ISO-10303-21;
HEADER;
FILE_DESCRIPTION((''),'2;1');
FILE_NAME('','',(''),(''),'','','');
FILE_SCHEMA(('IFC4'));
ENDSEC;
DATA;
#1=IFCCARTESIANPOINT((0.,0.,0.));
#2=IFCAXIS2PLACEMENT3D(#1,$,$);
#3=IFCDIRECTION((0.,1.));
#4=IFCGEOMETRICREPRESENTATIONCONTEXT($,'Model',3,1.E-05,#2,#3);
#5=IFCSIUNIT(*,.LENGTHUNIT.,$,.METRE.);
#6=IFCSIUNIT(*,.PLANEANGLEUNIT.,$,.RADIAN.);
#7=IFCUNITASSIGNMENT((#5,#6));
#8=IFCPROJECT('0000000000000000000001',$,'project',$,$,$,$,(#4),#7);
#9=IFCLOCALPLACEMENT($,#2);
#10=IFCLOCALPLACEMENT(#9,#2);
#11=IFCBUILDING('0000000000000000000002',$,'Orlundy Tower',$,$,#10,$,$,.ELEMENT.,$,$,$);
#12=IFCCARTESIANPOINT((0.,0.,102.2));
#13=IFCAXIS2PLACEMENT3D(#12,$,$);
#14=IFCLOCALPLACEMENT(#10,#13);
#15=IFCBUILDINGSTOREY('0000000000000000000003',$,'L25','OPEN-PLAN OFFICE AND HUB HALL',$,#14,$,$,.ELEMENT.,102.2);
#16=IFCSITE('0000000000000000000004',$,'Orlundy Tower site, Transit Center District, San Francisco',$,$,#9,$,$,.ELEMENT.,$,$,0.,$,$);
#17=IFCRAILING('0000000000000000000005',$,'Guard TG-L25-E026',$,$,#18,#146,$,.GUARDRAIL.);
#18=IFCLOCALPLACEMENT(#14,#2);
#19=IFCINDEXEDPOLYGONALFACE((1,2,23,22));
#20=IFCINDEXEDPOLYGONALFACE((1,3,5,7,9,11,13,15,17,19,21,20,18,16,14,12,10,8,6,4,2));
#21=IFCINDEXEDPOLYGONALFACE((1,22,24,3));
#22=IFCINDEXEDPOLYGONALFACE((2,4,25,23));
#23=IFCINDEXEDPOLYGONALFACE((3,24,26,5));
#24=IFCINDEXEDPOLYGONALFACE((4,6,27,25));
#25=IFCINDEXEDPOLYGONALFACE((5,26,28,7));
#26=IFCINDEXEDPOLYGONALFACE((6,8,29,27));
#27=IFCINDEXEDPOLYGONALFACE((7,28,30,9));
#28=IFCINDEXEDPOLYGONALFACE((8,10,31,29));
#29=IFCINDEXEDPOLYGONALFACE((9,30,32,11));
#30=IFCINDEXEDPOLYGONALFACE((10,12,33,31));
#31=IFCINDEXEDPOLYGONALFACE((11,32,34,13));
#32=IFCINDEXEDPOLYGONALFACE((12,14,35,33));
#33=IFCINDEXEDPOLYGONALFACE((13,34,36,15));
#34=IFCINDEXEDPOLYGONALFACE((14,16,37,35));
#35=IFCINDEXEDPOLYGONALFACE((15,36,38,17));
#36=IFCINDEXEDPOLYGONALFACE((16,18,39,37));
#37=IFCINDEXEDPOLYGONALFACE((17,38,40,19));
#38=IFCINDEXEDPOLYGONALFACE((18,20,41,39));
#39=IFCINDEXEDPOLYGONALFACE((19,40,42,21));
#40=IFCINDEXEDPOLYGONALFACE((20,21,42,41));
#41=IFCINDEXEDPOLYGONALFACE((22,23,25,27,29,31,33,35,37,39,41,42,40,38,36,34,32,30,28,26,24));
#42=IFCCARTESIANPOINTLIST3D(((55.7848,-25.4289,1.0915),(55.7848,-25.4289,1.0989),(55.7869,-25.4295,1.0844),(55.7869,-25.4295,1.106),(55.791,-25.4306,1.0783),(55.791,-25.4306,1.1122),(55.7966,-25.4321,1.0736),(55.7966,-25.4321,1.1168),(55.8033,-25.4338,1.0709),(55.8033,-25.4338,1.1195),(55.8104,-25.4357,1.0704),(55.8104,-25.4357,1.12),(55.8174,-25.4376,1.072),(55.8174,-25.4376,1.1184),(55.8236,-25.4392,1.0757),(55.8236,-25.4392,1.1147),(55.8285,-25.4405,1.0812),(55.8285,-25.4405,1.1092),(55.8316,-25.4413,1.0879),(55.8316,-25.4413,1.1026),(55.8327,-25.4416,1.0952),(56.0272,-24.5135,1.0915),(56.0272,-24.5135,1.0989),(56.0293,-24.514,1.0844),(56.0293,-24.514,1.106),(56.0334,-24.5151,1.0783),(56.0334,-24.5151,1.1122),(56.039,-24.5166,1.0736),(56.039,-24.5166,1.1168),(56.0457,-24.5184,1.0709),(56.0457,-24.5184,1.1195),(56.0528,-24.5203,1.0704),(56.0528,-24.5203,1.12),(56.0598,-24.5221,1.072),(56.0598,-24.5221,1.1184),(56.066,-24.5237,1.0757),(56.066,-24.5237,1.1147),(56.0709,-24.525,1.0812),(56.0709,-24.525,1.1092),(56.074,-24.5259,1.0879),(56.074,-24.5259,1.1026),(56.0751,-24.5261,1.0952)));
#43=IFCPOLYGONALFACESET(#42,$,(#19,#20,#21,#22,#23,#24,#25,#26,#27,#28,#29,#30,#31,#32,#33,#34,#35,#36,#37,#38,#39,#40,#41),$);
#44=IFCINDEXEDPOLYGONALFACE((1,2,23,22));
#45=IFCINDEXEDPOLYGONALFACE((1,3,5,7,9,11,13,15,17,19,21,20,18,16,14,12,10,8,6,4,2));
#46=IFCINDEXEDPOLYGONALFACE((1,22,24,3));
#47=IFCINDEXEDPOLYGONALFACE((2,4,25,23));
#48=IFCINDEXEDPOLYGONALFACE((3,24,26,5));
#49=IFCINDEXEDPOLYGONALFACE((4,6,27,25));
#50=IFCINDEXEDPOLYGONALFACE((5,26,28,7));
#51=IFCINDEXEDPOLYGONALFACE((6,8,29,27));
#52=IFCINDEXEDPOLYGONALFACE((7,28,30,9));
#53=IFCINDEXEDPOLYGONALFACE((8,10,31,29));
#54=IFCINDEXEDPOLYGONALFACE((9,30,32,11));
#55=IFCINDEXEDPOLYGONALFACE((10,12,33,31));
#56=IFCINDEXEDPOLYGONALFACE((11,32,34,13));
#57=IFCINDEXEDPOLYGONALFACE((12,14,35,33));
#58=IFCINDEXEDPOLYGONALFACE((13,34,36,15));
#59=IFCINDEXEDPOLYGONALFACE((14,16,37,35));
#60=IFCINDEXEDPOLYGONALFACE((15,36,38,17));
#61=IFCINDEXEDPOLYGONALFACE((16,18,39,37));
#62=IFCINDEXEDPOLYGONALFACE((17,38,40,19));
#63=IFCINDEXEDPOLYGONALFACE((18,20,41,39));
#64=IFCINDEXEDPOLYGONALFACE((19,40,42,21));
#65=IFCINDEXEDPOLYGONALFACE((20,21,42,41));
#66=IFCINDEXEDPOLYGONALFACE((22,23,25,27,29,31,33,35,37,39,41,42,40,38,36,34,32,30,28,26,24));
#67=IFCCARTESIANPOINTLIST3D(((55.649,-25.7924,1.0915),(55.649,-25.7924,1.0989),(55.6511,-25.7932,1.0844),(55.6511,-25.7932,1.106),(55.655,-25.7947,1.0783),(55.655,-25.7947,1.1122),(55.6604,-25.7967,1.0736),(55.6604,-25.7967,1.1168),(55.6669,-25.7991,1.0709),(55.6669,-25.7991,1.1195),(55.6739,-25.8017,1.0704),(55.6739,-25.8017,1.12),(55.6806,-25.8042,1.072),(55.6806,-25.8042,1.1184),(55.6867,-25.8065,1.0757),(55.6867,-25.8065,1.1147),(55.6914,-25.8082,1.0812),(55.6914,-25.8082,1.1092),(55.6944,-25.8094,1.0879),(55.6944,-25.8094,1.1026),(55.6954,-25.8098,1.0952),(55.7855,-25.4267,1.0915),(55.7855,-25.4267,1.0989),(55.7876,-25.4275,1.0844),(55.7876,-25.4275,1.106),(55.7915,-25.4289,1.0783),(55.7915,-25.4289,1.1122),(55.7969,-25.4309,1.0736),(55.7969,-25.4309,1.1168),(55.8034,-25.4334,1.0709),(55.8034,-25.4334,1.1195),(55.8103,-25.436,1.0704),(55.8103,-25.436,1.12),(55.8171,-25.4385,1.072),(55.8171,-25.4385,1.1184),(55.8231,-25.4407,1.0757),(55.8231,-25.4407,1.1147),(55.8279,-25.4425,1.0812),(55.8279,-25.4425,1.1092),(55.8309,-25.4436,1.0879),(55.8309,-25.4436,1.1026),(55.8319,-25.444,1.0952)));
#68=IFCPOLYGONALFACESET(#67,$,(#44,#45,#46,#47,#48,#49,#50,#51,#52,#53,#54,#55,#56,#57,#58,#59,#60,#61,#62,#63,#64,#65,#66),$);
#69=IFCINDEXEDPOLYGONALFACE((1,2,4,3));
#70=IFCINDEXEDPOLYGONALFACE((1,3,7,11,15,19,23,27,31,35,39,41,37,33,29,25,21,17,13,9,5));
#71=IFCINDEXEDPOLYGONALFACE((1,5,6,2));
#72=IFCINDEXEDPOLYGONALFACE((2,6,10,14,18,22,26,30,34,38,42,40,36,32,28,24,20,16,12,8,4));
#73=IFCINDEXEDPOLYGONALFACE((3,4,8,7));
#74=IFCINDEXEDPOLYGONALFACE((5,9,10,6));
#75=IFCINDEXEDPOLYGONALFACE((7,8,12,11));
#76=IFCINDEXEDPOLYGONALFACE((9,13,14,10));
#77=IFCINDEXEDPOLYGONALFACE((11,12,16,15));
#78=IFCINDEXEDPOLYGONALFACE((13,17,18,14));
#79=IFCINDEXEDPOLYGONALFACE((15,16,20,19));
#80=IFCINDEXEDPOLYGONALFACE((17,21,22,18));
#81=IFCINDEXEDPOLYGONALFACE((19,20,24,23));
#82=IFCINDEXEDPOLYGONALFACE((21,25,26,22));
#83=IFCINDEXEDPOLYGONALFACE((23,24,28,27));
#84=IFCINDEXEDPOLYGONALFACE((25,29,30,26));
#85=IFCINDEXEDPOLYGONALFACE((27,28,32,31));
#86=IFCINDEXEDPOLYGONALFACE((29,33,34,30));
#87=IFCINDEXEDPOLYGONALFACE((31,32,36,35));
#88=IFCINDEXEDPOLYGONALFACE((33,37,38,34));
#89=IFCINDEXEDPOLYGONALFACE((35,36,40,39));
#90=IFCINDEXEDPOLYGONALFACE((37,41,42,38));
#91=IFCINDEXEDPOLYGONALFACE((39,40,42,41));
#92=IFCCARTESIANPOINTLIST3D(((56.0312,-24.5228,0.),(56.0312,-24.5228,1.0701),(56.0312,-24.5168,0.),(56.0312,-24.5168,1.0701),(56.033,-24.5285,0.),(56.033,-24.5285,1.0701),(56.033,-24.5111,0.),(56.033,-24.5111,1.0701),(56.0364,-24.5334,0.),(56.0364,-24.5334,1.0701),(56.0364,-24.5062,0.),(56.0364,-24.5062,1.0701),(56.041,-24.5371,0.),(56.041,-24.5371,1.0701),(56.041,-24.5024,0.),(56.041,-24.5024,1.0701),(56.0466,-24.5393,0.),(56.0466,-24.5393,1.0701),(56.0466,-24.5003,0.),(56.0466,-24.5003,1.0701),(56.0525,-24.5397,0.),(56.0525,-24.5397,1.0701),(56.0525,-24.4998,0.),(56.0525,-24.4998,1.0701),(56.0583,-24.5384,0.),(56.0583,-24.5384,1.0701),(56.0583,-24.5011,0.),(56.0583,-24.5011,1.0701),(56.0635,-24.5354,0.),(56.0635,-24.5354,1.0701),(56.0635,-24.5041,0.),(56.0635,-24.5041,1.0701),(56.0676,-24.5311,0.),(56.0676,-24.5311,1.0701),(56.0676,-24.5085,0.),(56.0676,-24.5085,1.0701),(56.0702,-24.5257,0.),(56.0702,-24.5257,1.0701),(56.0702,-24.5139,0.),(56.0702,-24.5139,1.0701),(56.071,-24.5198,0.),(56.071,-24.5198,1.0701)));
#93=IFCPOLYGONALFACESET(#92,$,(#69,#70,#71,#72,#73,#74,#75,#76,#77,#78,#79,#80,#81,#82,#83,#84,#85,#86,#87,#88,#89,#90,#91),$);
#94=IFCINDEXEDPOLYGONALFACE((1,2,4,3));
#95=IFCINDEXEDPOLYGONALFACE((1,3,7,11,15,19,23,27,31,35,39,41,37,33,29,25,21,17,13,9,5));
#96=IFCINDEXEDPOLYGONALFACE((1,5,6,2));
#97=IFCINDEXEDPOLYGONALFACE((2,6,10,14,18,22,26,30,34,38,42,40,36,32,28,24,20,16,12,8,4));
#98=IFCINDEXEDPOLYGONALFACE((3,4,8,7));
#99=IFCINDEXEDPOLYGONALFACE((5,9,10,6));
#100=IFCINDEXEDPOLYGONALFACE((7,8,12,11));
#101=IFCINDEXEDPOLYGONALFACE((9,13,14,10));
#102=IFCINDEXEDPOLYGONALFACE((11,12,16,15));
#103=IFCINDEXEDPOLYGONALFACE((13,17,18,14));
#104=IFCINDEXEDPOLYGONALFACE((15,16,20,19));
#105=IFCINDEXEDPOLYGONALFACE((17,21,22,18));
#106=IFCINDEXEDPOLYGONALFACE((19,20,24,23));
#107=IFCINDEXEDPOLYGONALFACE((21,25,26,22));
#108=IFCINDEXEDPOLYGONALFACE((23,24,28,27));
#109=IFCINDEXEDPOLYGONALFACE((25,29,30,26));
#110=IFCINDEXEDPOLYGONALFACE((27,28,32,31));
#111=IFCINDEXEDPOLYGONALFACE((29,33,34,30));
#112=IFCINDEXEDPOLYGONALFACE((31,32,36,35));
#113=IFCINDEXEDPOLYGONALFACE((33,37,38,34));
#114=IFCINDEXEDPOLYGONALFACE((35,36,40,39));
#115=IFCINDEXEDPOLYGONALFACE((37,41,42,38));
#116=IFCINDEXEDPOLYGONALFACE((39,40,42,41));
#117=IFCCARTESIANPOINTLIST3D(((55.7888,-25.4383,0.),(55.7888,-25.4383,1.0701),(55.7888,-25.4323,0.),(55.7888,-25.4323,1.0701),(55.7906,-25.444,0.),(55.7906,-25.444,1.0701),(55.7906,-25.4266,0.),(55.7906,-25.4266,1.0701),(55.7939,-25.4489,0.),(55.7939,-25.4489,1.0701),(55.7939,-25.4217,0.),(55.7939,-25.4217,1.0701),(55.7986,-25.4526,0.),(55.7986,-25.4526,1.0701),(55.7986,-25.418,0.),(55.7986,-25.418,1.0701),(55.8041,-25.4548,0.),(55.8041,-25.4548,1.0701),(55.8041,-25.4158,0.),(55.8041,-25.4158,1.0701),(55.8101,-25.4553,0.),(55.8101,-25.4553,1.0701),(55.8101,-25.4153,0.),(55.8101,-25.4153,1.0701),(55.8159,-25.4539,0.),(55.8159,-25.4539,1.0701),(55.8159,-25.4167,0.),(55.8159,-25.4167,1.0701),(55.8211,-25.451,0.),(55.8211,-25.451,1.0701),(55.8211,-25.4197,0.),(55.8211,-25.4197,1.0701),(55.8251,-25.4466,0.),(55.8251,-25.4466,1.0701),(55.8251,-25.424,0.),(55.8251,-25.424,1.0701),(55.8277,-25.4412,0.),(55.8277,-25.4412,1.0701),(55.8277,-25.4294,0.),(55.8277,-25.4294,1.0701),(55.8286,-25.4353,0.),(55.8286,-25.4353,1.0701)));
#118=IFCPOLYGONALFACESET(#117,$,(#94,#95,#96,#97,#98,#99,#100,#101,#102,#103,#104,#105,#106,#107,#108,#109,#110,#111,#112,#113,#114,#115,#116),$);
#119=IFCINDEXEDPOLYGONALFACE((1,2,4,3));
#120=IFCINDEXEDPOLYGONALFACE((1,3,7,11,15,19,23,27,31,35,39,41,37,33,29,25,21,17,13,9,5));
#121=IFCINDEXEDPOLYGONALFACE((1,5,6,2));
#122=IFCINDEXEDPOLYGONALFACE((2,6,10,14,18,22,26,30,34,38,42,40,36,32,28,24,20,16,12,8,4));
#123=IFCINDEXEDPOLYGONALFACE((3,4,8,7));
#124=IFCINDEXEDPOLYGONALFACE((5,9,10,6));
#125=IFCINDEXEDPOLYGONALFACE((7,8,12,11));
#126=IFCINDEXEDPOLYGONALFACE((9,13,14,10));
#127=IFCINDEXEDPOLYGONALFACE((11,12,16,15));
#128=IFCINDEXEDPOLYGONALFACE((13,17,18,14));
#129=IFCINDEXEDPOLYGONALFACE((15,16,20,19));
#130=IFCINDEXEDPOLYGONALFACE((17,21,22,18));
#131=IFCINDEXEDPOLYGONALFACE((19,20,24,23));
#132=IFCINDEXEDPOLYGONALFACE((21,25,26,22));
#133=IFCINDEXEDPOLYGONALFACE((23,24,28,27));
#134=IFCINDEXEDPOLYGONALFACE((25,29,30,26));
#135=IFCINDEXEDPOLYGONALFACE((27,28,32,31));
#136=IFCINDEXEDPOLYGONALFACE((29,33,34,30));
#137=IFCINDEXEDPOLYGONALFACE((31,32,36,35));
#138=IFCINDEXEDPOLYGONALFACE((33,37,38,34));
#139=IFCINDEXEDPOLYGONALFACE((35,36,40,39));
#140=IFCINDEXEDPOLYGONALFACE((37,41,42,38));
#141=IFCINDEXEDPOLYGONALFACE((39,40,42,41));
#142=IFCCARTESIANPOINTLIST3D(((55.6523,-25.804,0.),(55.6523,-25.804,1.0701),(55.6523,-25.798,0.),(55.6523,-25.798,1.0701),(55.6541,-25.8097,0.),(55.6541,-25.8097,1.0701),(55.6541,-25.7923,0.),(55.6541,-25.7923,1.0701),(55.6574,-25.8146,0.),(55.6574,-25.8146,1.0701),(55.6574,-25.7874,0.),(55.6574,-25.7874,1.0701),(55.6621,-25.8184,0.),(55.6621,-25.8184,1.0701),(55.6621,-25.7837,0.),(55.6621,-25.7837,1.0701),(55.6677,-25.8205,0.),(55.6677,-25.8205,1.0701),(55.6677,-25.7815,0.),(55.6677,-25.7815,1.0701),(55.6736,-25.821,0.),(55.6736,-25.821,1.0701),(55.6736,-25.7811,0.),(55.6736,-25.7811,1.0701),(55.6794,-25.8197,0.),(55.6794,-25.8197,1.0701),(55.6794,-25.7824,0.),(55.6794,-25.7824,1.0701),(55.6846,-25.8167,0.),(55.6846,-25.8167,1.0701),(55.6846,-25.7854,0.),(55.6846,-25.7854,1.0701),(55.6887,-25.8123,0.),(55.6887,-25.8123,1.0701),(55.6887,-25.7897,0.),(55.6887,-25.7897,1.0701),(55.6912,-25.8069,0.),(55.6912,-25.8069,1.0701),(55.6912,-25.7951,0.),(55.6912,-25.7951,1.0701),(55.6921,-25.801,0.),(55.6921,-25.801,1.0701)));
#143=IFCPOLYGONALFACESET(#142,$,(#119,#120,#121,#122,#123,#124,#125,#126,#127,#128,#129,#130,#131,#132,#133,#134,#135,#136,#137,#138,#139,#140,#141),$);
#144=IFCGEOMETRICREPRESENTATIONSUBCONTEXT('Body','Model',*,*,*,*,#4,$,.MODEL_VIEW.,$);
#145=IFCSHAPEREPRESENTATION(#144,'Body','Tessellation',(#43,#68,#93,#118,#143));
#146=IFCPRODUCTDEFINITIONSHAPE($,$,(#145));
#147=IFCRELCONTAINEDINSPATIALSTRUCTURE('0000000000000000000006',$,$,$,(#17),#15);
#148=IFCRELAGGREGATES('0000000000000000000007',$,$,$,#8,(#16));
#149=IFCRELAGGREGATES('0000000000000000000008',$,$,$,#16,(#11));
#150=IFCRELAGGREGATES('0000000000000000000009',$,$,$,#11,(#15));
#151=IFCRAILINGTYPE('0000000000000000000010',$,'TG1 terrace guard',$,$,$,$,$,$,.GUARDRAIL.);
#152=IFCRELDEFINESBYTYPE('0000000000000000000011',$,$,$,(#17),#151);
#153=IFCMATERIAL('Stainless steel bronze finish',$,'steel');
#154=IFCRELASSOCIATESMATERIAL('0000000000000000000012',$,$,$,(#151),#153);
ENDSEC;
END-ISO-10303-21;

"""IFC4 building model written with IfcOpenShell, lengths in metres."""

from ifc_helpers import new_model, si_unit, direction, frame, origin, origin_2d, place, context, subcontext, project, spatial, circle, extrude, material, type_object, element, save


model = new_model("IFC4")

# Units and contexts
model_context = context("Model", 3, precision=1e-05, world=origin(), true_north=direction((0.0, 1.0)))
body_context = subcontext(model_context, "Body", "Model", "MODEL_VIEW")
ifc_project = project(units=[si_unit("LENGTHUNIT", "METRE"), si_unit("PLANEANGLEUNIT", "RADIAN")], contexts=[model_context])

# Site, building, storey
site_placement = place(None, origin())
site = spatial("IfcSite", under=ifc_project, at=site_placement, Name="Orlundy Tower site, Transit Center District, San Francisco", CompositionType="ELEMENT", RefElevation=0.0)
building_placement = place(site_placement, origin())
building = spatial("IfcBuilding", under=site, at=building_placement, Name="Orlundy Tower", CompositionType="ELEMENT")
storey_placement = place(building_placement, frame((0.0, 0.0, 102.2)))
storey = spatial("IfcBuildingStorey", under=building, at=storey_placement, Name="L25", Description="OPEN-PLAN OFFICE AND HUB HALL", CompositionType="ELEMENT", Elevation=102.2)

# Railing
ifc_material_1 = material(Name="Stainless steel bronze finish", Category="steel")
railing_type = type_object("IfcRailingType", Name="TG1 terrace guard", PredefinedType="GUARDRAIL", material=ifc_material_1)
railing_1_placement = place(storey_placement, frame((56.051, -24.5198, 0.0)))
element("IfcRailing", 1, at=railing_1_placement, inside=storey, type_object=railing_type, Name="Guard TG-L25-E026", PredefinedType="GUARDRAIL", context=body_context, shape_type="SweptSolid", body=[
    extrude(circle(Radius=0.0249, at=origin_2d()), frame((0.0, 0.0, 1.0952), z_axis=(-0.255978, -0.966683, 0.0), x_axis=(0.966683, -0.255978, 0.0)), (0.0, 0.0, 1.0), 0.947),
    extrude(circle(Radius=0.0249, at=origin_2d()), frame((-0.2424, -0.9155, 1.0952), z_axis=(-0.349615, -0.936893, 0.0), x_axis=(0.936893, -0.349615, 0.0)), (0.0, 0.0, 1.0), 0.3904),
    extrude(circle(Radius=0.02, at=origin_2d()), origin(), (0.0, 0.0, 1.0), 1.0701),
    extrude(circle(Radius=0.02, at=origin_2d()), frame((-0.2424, -0.9155, 0.0)), (0.0, 0.0, 1.0), 1.0701),
    extrude(circle(Radius=0.02, at=origin_2d()), frame((-0.3789, -1.2812, 0.0)), (0.0, 0.0, 1.0), 1.0701),
])

save(model, "model.ifc")
